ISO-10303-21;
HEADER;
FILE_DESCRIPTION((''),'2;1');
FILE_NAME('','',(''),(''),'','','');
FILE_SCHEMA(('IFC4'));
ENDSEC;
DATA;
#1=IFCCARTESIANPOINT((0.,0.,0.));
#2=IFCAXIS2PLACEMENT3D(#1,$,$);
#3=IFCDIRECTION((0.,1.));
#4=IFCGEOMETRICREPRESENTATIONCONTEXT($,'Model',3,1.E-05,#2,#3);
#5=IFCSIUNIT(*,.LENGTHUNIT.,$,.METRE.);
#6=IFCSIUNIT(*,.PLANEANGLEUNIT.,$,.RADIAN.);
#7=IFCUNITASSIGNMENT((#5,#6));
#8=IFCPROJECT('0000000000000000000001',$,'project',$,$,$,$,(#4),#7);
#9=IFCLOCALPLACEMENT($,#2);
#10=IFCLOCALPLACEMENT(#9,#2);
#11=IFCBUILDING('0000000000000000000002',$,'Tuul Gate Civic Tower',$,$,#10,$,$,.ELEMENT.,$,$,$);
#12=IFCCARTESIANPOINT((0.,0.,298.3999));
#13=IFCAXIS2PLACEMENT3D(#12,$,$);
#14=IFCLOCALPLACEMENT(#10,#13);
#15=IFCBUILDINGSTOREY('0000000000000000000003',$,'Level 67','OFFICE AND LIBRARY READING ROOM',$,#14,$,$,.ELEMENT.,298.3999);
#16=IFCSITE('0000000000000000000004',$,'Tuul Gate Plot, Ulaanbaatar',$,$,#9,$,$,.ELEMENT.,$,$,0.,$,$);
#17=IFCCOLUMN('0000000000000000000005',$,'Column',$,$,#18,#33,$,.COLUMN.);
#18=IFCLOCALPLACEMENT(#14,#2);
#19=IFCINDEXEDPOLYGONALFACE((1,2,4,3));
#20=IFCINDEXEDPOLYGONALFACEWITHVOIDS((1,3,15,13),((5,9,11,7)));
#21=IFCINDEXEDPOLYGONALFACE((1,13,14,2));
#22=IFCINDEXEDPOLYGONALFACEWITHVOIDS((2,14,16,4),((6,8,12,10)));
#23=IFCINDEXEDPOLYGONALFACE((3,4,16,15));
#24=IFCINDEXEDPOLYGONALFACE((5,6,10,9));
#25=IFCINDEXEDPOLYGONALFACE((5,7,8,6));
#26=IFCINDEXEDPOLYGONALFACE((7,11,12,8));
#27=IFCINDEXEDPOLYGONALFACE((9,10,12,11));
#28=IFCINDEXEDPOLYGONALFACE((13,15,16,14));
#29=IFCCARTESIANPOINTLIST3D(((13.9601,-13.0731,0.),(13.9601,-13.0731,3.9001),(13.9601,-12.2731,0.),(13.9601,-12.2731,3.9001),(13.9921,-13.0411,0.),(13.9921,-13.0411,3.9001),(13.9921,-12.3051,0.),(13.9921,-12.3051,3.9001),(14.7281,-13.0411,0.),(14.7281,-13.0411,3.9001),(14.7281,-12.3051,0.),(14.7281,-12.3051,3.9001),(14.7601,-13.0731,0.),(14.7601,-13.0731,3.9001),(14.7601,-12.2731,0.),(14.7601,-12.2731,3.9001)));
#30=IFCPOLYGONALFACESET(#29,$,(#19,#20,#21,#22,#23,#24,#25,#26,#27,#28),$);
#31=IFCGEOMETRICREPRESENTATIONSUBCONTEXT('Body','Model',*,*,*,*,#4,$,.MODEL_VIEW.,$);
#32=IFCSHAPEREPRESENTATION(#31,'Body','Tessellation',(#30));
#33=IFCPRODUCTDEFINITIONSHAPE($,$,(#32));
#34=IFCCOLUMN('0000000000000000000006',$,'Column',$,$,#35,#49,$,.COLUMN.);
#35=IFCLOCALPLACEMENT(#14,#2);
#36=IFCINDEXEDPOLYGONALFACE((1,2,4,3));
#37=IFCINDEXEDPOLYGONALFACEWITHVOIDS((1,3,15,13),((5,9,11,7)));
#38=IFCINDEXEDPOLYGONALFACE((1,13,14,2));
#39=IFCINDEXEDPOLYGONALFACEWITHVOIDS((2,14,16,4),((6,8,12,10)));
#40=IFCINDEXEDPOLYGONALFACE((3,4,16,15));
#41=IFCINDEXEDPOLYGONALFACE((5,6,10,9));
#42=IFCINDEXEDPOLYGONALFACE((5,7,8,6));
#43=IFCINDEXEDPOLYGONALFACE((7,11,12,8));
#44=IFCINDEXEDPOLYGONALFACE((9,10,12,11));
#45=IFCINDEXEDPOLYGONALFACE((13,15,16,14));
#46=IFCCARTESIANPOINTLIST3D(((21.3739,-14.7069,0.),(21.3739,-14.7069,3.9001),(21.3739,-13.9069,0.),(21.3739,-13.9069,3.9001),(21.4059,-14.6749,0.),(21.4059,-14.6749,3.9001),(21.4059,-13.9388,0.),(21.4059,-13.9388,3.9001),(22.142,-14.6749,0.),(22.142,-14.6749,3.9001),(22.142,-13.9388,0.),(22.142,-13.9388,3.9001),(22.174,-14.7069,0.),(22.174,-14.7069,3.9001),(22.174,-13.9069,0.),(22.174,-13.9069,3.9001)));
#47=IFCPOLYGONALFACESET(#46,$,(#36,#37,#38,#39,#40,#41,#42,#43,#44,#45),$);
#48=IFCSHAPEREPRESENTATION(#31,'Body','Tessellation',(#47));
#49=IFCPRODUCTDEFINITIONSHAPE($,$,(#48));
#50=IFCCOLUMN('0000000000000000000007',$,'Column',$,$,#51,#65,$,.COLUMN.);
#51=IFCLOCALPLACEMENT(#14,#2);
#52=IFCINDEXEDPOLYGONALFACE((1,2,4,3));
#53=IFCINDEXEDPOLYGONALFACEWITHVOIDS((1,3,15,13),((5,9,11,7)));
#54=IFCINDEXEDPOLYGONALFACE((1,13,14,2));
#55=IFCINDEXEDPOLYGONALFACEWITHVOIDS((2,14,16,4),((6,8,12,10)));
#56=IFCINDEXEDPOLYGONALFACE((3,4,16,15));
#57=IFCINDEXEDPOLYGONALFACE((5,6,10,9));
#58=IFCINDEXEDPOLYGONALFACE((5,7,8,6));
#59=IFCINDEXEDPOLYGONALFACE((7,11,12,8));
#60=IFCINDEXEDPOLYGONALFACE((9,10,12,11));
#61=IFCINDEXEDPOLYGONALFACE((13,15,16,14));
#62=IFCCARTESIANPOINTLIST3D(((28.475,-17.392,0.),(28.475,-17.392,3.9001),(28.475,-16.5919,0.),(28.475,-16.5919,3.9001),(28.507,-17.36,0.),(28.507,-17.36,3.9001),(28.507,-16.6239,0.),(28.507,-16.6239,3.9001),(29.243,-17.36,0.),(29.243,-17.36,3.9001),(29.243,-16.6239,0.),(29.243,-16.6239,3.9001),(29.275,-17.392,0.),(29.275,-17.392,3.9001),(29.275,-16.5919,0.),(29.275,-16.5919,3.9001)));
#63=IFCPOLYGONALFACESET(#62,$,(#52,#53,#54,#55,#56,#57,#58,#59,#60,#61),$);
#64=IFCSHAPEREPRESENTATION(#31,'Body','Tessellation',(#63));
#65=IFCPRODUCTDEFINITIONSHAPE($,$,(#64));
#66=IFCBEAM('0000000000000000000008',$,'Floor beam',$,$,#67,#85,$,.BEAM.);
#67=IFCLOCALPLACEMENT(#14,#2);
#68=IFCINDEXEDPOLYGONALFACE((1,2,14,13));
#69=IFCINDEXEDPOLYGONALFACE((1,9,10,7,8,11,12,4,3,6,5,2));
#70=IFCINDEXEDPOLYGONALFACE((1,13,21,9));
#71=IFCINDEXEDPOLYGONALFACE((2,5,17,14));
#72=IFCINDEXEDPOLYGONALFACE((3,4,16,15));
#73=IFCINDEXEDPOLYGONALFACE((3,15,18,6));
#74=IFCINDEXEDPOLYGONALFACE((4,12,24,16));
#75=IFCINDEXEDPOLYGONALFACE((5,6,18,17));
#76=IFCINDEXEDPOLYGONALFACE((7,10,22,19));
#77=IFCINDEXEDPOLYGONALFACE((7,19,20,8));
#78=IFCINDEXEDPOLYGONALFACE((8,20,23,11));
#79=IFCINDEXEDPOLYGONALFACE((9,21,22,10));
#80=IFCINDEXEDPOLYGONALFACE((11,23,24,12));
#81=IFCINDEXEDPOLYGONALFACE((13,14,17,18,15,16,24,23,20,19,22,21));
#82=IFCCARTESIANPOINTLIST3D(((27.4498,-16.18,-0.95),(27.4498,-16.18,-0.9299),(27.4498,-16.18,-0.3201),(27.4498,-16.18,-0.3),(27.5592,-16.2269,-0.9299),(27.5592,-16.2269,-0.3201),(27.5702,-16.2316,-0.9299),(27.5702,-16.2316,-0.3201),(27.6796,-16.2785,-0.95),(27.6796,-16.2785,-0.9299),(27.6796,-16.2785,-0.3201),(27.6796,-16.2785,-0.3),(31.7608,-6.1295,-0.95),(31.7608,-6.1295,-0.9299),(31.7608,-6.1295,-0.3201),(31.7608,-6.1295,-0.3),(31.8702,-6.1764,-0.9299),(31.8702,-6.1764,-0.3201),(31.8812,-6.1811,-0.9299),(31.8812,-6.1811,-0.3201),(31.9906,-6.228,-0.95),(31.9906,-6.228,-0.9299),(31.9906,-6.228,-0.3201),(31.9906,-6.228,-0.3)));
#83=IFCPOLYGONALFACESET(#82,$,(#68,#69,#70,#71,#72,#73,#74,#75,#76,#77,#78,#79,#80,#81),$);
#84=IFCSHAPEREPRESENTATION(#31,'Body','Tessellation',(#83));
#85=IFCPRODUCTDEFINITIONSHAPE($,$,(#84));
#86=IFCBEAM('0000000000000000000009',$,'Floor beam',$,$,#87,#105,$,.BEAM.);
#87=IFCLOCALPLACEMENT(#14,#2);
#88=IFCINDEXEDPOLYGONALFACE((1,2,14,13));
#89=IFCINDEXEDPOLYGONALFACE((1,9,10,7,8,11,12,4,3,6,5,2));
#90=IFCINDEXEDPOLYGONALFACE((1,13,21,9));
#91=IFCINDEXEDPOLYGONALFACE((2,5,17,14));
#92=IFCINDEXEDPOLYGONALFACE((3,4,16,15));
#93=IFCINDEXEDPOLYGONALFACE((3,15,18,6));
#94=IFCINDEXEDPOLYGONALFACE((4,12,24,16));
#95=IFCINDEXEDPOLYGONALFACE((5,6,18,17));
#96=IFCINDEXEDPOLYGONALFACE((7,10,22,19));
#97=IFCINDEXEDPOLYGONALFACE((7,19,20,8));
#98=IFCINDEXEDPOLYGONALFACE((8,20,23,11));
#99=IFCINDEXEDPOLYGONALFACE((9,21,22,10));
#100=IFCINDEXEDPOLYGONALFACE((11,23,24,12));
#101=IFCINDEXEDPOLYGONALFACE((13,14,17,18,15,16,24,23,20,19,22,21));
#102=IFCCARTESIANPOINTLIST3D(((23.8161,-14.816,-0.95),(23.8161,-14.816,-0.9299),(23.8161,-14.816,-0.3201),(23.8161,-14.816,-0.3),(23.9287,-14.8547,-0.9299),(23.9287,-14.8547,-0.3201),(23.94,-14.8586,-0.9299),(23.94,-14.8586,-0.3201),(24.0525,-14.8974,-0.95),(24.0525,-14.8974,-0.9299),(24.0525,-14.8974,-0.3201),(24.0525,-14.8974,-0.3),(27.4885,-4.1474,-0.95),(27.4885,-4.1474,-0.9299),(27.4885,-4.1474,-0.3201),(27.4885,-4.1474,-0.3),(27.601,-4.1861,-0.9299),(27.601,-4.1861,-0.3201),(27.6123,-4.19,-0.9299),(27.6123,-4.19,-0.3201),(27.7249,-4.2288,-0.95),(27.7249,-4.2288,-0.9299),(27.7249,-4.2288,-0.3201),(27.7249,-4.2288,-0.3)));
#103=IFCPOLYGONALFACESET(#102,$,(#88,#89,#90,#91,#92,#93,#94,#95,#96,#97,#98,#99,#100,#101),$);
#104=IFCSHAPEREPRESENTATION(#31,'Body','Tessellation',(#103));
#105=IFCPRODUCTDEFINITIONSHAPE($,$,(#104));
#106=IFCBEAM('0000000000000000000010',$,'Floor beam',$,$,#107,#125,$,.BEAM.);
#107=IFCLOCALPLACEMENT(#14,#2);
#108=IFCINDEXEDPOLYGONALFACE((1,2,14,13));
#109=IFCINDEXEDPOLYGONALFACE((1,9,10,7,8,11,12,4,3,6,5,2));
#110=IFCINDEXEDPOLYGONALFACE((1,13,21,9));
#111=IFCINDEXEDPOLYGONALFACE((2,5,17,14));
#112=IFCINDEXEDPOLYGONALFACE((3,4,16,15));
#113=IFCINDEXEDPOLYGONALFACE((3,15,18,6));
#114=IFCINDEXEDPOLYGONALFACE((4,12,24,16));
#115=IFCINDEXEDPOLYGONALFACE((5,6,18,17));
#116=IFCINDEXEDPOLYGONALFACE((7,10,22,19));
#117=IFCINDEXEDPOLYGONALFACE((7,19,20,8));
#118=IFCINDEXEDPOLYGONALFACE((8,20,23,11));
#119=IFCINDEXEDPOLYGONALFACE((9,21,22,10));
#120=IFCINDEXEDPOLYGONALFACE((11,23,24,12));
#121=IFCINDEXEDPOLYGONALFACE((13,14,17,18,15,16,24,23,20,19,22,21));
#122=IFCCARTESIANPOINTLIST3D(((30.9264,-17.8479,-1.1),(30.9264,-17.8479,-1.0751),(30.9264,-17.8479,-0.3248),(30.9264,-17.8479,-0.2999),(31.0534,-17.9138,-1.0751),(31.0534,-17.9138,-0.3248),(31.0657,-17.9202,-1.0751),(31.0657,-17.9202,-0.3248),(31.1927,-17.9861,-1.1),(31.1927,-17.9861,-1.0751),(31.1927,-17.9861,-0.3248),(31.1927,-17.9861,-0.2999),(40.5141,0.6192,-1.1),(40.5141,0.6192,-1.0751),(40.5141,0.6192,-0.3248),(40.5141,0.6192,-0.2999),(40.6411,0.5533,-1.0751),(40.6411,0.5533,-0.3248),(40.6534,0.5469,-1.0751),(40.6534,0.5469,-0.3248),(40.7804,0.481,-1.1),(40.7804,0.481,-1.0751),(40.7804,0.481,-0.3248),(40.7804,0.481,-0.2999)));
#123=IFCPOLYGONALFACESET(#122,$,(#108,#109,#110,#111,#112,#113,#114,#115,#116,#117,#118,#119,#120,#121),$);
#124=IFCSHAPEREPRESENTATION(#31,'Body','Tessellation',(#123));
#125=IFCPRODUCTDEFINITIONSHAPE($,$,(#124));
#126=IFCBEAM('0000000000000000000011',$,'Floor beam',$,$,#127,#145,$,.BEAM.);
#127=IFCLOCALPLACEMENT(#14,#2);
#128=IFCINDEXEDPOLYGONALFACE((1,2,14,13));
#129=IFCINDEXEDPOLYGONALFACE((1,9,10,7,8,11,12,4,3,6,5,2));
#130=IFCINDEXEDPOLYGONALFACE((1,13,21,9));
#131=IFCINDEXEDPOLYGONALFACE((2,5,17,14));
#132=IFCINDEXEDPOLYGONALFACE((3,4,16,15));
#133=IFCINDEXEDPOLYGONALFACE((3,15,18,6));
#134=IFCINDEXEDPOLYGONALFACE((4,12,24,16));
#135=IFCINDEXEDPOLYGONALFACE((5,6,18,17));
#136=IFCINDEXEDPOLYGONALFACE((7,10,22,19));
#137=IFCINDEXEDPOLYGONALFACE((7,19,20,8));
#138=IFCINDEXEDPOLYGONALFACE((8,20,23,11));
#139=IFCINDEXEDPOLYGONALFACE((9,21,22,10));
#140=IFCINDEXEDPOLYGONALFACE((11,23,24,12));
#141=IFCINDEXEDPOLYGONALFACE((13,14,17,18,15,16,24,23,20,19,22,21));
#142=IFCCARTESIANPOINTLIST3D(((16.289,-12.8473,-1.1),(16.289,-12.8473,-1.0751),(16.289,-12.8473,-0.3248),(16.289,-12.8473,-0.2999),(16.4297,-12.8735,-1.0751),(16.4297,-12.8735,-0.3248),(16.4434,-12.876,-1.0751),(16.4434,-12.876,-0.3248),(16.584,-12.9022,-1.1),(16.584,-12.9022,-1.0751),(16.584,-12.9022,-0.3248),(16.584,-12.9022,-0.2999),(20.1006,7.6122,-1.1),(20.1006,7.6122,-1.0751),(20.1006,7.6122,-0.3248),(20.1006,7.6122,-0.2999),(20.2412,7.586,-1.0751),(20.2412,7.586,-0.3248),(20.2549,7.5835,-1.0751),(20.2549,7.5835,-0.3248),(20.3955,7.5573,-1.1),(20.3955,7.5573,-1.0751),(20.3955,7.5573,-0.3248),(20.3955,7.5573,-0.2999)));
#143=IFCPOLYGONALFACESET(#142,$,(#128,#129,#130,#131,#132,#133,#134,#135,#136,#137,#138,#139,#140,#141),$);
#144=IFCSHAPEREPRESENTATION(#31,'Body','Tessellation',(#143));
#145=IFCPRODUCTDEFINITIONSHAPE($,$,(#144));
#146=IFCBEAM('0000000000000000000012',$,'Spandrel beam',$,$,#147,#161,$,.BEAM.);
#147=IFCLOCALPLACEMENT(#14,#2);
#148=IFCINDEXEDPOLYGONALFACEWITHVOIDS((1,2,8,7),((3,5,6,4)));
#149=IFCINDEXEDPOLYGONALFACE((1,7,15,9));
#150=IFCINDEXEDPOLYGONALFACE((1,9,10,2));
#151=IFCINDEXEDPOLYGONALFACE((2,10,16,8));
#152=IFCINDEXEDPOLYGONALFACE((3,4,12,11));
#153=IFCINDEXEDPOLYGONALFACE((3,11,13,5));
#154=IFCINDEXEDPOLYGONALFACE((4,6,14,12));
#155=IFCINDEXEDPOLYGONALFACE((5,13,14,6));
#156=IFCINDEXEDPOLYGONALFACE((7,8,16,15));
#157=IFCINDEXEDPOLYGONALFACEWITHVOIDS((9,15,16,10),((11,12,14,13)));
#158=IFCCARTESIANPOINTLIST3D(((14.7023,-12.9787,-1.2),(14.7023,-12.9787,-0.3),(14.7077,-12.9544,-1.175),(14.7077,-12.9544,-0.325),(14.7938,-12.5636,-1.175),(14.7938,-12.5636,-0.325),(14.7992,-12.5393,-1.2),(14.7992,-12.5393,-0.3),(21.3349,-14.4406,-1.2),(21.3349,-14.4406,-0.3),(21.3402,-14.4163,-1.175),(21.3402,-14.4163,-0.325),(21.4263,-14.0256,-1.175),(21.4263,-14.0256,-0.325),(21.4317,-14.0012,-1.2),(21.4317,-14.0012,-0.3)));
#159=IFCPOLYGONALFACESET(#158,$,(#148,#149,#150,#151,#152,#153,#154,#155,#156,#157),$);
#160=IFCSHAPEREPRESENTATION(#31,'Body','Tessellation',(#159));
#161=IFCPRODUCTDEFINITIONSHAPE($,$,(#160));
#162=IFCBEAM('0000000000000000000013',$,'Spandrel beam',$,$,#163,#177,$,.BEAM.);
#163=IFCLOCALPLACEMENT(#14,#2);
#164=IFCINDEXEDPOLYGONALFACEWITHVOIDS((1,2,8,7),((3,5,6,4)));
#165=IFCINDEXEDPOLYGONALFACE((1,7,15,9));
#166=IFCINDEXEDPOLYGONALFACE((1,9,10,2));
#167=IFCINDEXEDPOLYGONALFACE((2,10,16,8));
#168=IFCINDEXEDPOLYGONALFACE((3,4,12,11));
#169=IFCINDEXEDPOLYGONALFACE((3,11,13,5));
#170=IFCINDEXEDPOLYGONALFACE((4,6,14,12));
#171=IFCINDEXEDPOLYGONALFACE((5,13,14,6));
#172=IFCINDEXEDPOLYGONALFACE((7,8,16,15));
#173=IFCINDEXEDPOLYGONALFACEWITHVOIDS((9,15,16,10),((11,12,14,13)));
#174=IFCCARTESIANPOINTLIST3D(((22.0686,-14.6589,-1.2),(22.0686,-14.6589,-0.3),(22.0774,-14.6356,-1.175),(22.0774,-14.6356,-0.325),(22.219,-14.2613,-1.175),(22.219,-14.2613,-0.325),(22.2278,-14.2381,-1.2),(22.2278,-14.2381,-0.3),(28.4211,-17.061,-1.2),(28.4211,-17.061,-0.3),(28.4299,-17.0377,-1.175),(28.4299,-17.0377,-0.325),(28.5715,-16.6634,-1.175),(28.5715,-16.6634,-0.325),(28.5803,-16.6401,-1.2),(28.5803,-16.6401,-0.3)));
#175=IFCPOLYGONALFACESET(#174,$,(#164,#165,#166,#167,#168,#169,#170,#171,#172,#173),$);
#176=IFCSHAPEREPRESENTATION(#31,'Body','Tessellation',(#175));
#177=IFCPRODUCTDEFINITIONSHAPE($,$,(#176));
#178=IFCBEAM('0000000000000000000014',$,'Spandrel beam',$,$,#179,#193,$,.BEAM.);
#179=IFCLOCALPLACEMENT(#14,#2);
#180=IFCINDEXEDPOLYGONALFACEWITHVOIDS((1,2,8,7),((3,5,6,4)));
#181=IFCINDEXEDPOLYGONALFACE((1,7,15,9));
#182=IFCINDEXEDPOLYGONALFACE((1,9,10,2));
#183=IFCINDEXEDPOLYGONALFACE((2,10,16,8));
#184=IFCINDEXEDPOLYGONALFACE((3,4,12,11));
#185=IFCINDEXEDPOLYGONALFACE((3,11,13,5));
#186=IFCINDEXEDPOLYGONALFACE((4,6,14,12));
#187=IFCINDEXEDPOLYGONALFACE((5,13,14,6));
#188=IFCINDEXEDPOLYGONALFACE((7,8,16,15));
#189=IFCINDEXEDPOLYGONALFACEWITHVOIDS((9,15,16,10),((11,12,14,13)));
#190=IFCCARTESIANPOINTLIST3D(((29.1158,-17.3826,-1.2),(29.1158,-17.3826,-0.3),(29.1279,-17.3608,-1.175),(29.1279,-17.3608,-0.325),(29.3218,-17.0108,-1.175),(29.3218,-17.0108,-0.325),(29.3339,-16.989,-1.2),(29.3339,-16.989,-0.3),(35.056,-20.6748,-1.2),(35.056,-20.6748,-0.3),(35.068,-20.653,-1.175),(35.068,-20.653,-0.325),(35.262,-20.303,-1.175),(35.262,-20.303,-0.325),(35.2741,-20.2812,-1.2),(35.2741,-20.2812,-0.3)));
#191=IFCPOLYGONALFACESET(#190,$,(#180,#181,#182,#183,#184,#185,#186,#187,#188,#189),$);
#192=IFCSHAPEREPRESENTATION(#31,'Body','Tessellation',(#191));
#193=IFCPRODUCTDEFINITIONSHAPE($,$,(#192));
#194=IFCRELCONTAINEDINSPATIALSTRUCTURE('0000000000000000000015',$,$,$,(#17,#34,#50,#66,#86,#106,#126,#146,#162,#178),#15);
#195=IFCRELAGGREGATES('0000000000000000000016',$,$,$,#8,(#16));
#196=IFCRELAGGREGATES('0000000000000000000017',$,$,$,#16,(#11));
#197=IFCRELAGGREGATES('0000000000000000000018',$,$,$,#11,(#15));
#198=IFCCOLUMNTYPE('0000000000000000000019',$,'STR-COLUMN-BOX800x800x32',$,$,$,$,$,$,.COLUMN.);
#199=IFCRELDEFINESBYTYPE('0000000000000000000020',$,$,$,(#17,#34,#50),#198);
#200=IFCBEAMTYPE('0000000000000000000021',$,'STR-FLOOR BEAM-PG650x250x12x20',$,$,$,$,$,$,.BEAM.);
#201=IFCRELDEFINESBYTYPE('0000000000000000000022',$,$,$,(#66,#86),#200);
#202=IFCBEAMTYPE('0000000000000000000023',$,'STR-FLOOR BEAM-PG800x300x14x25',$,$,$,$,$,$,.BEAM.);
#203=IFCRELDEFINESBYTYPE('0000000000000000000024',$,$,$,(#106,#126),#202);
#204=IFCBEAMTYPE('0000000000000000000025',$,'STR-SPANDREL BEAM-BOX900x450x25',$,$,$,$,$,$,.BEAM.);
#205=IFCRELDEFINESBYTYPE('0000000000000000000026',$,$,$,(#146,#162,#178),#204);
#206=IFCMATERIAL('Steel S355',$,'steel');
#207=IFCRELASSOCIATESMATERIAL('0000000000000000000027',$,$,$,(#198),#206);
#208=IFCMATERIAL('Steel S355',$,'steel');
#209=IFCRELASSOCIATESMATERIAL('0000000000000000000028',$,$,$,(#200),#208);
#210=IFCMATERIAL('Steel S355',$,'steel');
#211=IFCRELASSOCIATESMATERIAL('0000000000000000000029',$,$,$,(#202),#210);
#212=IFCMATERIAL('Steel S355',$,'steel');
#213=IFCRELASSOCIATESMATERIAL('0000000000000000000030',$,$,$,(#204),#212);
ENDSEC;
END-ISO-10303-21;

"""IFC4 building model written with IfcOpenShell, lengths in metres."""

from ifc_helpers import new_model, si_unit, direction, frame, origin, origin_2d, place, context, subcontext, project, spatial, hollow_rectangle, i_section, extrude, material, material_profile, profile_set, type_object, element, save


model = new_model("IFC4")

# Units and contexts
model_context = context("Model", 3, precision=1e-05, world=origin(), true_north=direction((0.0, 1.0)))
body_context = subcontext(model_context, "Body", "Model", "MODEL_VIEW")
ifc_project = project(units=[si_unit("LENGTHUNIT", "METRE"), si_unit("PLANEANGLEUNIT", "RADIAN")], contexts=[model_context])

# Site, building, storey
site_placement = place(None, origin())
site = spatial("IfcSite", under=ifc_project, at=site_placement, Name="Tuul Gate Plot, Ulaanbaatar", CompositionType="ELEMENT", RefElevation=0.0)
building_placement = place(site_placement, origin())
building = spatial("IfcBuilding", under=site, at=building_placement, Name="Tuul Gate Civic Tower", CompositionType="ELEMENT")
storey_placement = place(building_placement, frame((0.0, 0.0, 298.3999)))
storey = spatial("IfcBuildingStorey", under=building, at=storey_placement, Name="Level 67", Description="OFFICE AND LIBRARY READING ROOM", CompositionType="ELEMENT", Elevation=298.3999)

# Columns
ifc_material_1 = material(Name="Steel S355", Category="steel")
ifc_material_profile_1 = material_profile(ifc_material_1, hollow_rectangle(XDim=0.8, YDim=0.8, WallThickness=0.032, at=origin_2d()), Name="BOX800x800x32")
ifc_profile_set_1 = profile_set([ifc_material_profile_1], Name="Steel S355")
column_type = type_object("IfcColumnType", Name="STR-COLUMN-BOX800x800x32", PredefinedType="COLUMN", material=ifc_profile_set_1)
for number, where, z_axis, x_axis, name in (
    (1, (14.3601, -12.6731, 0.0), (0.0, 0.0, 1.0), (1.0, 0.0, 0.0), "Column"),
    (2, (21.7739, -14.3069, 0.0), (0.0, 0.0, 1.0), (1.0, 0.0, 0.0), "Column"),
    (3, (28.875, -16.9919, 0.0), (0.0, 0.0, 1.0), (1.0, 0.0, 0.0), "Column"),
):
    element("IfcColumn", number, at=place(storey_placement, frame(where, z_axis=z_axis, x_axis=x_axis)), inside=storey, type_object=column_type, Name=name, PredefinedType="COLUMN", context=body_context, shape_type="SweptSolid", body=[
        extrude(hollow_rectangle(XDim=0.8, YDim=0.8, WallThickness=0.032, at=origin_2d()), origin(), (0.0, 0.0, 1.0), 3.9001),
    ])

# Beams
ifc_material_2 = material(Name="Steel S355", Category="steel")
ifc_material_profile_2 = material_profile(ifc_material_2, i_section(OverallWidth=0.25, OverallDepth=0.6499, WebThickness=0.012, FlangeThickness=0.02, at=origin_2d()), Name="PG650x250x12x20")
ifc_profile_set_2 = profile_set([ifc_material_profile_2], Name="Steel S355")
beam_type_1 = type_object("IfcBeamType", Name="STR-FLOOR BEAM-PG650x250x12x20", PredefinedType="BEAM", material=ifc_profile_set_2)
beam_1_placement = place(storey_placement, frame((27.5647, -16.2292, -0.625), z_axis=(0.394202, 0.919024, 0.0), x_axis=(-0.919024, 0.394202, 0.0)))
element("IfcBeam", 4, at=beam_1_placement, inside=storey, type_object=beam_type_1, Name="Floor beam", PredefinedType="BEAM", context=body_context, shape_type="SweptSolid", body=[
    extrude(i_section(OverallWidth=0.25, OverallDepth=0.6499, WebThickness=0.012, FlangeThickness=0.02, at=origin_2d()), origin(), (0.0, 0.0, 1.0), 10.936),
])
beam_2_placement = place(storey_placement, frame((23.9343, -14.8567, -0.625), z_axis=(0.325476, 0.94555, 0.0), x_axis=(-0.94555, 0.325476, 0.0)))
element("IfcBeam", 5, at=beam_2_placement, inside=storey, type_object=beam_type_1, Name="Floor beam", PredefinedType="BEAM", context=body_context, shape_type="SweptSolid", body=[
    extrude(i_section(OverallWidth=0.25, OverallDepth=0.6499, WebThickness=0.012, FlangeThickness=0.02, at=origin_2d()), origin(), (0.0, 0.0, 1.0), 11.283),
])
ifc_material_3 = material(Name="Steel S355", Category="steel")
ifc_material_profile_3 = material_profile(ifc_material_3, i_section(OverallWidth=0.3, OverallDepth=0.8, WebThickness=0.0139, FlangeThickness=0.0249, at=origin_2d()), Name="PG800x300x14x25")
ifc_profile_set_3 = profile_set([ifc_material_profile_3], Name="Steel S355")
beam_type_2 = type_object("IfcBeamType", Name="STR-FLOOR BEAM-PG800x300x14x25", PredefinedType="BEAM", material=ifc_profile_set_3)
beam_3_placement = place(storey_placement, frame((31.0596, -17.917, -0.7), z_axis=(0.460777, 0.887516, 0.0), x_axis=(-0.887516, 0.460777, 0.0)))
element("IfcBeam", 6, at=beam_3_placement, inside=storey, type_object=beam_type_2, Name="Floor beam", PredefinedType="BEAM", context=body_context, shape_type="SweptSolid", body=[
    extrude(i_section(OverallWidth=0.3, OverallDepth=0.8, WebThickness=0.0139, FlangeThickness=0.0249, at=origin_2d()), origin(), (0.0, 0.0, 1.0), 20.8076),
])
beam_4_placement = place(storey_placement, frame((16.4365, -12.8748, -0.7), z_axis=(0.183145, 0.983086, 0.0), x_axis=(-0.983086, 0.183145, 0.0)))
element("IfcBeam", 7, at=beam_4_placement, inside=storey, type_object=beam_type_2, Name="Floor beam", PredefinedType="BEAM", context=body_context, shape_type="SweptSolid", body=[
    extrude(i_section(OverallWidth=0.3, OverallDepth=0.8, WebThickness=0.0139, FlangeThickness=0.0249, at=origin_2d()), origin(), (0.0, 0.0, 1.0), 20.8115),
])
ifc_material_4 = material(Name="Steel S355", Category="steel")
ifc_material_profile_4 = material_profile(ifc_material_4, hollow_rectangle(XDim=0.45, YDim=0.8999, WallThickness=0.0249, at=origin_2d()), Name="BOX900x450x25")
ifc_profile_set_4 = profile_set([ifc_material_profile_4], Name="Steel S355")
beam_type_3 = type_object("IfcBeamType", Name="STR-SPANDREL BEAM-BOX900x450x25", PredefinedType="BEAM", material=ifc_profile_set_4)
beam_5_placement = place(storey_placement, frame((14.7507, -12.759, -0.75), z_axis=(0.976559, -0.215248, 0.0), x_axis=(0.215248, 0.976559, 0.0)))
element("IfcBeam", 8, at=beam_5_placement, inside=storey, type_object=beam_type_3, Name="Spandrel beam", PredefinedType="BEAM", context=body_context, shape_type="SweptSolid", body=[
    extrude(hollow_rectangle(XDim=0.45, YDim=0.8999, WallThickness=0.0249, at=origin_2d()), origin(), (0.0, 0.0, 1.0), 6.7917),
])
for number, where, z_axis, x_axis, name in (
    (9, (22.1482, -14.4485, -0.75), (0.935362, -0.353691, 0.0), (0.353691, 0.935362, 0.0), "Spandrel beam"),
    (10, (29.2249, -17.1858, -0.75), (0.874649, -0.484758, 0.0), (0.484758, 0.874649, 0.0), "Spandrel beam"),
):
    element("IfcBeam", number, at=place(storey_placement, frame(where, z_axis=z_axis, x_axis=x_axis)), inside=storey, type_object=beam_type_3, Name=name, PredefinedType="BEAM", context=body_context, shape_type="SweptSolid", body=[
        extrude(hollow_rectangle(XDim=0.45, YDim=0.8999, WallThickness=0.0249, at=origin_2d()), origin(), (0.0, 0.0, 1.0), 6.7915),
    ])

save(model, "model.ifc")
